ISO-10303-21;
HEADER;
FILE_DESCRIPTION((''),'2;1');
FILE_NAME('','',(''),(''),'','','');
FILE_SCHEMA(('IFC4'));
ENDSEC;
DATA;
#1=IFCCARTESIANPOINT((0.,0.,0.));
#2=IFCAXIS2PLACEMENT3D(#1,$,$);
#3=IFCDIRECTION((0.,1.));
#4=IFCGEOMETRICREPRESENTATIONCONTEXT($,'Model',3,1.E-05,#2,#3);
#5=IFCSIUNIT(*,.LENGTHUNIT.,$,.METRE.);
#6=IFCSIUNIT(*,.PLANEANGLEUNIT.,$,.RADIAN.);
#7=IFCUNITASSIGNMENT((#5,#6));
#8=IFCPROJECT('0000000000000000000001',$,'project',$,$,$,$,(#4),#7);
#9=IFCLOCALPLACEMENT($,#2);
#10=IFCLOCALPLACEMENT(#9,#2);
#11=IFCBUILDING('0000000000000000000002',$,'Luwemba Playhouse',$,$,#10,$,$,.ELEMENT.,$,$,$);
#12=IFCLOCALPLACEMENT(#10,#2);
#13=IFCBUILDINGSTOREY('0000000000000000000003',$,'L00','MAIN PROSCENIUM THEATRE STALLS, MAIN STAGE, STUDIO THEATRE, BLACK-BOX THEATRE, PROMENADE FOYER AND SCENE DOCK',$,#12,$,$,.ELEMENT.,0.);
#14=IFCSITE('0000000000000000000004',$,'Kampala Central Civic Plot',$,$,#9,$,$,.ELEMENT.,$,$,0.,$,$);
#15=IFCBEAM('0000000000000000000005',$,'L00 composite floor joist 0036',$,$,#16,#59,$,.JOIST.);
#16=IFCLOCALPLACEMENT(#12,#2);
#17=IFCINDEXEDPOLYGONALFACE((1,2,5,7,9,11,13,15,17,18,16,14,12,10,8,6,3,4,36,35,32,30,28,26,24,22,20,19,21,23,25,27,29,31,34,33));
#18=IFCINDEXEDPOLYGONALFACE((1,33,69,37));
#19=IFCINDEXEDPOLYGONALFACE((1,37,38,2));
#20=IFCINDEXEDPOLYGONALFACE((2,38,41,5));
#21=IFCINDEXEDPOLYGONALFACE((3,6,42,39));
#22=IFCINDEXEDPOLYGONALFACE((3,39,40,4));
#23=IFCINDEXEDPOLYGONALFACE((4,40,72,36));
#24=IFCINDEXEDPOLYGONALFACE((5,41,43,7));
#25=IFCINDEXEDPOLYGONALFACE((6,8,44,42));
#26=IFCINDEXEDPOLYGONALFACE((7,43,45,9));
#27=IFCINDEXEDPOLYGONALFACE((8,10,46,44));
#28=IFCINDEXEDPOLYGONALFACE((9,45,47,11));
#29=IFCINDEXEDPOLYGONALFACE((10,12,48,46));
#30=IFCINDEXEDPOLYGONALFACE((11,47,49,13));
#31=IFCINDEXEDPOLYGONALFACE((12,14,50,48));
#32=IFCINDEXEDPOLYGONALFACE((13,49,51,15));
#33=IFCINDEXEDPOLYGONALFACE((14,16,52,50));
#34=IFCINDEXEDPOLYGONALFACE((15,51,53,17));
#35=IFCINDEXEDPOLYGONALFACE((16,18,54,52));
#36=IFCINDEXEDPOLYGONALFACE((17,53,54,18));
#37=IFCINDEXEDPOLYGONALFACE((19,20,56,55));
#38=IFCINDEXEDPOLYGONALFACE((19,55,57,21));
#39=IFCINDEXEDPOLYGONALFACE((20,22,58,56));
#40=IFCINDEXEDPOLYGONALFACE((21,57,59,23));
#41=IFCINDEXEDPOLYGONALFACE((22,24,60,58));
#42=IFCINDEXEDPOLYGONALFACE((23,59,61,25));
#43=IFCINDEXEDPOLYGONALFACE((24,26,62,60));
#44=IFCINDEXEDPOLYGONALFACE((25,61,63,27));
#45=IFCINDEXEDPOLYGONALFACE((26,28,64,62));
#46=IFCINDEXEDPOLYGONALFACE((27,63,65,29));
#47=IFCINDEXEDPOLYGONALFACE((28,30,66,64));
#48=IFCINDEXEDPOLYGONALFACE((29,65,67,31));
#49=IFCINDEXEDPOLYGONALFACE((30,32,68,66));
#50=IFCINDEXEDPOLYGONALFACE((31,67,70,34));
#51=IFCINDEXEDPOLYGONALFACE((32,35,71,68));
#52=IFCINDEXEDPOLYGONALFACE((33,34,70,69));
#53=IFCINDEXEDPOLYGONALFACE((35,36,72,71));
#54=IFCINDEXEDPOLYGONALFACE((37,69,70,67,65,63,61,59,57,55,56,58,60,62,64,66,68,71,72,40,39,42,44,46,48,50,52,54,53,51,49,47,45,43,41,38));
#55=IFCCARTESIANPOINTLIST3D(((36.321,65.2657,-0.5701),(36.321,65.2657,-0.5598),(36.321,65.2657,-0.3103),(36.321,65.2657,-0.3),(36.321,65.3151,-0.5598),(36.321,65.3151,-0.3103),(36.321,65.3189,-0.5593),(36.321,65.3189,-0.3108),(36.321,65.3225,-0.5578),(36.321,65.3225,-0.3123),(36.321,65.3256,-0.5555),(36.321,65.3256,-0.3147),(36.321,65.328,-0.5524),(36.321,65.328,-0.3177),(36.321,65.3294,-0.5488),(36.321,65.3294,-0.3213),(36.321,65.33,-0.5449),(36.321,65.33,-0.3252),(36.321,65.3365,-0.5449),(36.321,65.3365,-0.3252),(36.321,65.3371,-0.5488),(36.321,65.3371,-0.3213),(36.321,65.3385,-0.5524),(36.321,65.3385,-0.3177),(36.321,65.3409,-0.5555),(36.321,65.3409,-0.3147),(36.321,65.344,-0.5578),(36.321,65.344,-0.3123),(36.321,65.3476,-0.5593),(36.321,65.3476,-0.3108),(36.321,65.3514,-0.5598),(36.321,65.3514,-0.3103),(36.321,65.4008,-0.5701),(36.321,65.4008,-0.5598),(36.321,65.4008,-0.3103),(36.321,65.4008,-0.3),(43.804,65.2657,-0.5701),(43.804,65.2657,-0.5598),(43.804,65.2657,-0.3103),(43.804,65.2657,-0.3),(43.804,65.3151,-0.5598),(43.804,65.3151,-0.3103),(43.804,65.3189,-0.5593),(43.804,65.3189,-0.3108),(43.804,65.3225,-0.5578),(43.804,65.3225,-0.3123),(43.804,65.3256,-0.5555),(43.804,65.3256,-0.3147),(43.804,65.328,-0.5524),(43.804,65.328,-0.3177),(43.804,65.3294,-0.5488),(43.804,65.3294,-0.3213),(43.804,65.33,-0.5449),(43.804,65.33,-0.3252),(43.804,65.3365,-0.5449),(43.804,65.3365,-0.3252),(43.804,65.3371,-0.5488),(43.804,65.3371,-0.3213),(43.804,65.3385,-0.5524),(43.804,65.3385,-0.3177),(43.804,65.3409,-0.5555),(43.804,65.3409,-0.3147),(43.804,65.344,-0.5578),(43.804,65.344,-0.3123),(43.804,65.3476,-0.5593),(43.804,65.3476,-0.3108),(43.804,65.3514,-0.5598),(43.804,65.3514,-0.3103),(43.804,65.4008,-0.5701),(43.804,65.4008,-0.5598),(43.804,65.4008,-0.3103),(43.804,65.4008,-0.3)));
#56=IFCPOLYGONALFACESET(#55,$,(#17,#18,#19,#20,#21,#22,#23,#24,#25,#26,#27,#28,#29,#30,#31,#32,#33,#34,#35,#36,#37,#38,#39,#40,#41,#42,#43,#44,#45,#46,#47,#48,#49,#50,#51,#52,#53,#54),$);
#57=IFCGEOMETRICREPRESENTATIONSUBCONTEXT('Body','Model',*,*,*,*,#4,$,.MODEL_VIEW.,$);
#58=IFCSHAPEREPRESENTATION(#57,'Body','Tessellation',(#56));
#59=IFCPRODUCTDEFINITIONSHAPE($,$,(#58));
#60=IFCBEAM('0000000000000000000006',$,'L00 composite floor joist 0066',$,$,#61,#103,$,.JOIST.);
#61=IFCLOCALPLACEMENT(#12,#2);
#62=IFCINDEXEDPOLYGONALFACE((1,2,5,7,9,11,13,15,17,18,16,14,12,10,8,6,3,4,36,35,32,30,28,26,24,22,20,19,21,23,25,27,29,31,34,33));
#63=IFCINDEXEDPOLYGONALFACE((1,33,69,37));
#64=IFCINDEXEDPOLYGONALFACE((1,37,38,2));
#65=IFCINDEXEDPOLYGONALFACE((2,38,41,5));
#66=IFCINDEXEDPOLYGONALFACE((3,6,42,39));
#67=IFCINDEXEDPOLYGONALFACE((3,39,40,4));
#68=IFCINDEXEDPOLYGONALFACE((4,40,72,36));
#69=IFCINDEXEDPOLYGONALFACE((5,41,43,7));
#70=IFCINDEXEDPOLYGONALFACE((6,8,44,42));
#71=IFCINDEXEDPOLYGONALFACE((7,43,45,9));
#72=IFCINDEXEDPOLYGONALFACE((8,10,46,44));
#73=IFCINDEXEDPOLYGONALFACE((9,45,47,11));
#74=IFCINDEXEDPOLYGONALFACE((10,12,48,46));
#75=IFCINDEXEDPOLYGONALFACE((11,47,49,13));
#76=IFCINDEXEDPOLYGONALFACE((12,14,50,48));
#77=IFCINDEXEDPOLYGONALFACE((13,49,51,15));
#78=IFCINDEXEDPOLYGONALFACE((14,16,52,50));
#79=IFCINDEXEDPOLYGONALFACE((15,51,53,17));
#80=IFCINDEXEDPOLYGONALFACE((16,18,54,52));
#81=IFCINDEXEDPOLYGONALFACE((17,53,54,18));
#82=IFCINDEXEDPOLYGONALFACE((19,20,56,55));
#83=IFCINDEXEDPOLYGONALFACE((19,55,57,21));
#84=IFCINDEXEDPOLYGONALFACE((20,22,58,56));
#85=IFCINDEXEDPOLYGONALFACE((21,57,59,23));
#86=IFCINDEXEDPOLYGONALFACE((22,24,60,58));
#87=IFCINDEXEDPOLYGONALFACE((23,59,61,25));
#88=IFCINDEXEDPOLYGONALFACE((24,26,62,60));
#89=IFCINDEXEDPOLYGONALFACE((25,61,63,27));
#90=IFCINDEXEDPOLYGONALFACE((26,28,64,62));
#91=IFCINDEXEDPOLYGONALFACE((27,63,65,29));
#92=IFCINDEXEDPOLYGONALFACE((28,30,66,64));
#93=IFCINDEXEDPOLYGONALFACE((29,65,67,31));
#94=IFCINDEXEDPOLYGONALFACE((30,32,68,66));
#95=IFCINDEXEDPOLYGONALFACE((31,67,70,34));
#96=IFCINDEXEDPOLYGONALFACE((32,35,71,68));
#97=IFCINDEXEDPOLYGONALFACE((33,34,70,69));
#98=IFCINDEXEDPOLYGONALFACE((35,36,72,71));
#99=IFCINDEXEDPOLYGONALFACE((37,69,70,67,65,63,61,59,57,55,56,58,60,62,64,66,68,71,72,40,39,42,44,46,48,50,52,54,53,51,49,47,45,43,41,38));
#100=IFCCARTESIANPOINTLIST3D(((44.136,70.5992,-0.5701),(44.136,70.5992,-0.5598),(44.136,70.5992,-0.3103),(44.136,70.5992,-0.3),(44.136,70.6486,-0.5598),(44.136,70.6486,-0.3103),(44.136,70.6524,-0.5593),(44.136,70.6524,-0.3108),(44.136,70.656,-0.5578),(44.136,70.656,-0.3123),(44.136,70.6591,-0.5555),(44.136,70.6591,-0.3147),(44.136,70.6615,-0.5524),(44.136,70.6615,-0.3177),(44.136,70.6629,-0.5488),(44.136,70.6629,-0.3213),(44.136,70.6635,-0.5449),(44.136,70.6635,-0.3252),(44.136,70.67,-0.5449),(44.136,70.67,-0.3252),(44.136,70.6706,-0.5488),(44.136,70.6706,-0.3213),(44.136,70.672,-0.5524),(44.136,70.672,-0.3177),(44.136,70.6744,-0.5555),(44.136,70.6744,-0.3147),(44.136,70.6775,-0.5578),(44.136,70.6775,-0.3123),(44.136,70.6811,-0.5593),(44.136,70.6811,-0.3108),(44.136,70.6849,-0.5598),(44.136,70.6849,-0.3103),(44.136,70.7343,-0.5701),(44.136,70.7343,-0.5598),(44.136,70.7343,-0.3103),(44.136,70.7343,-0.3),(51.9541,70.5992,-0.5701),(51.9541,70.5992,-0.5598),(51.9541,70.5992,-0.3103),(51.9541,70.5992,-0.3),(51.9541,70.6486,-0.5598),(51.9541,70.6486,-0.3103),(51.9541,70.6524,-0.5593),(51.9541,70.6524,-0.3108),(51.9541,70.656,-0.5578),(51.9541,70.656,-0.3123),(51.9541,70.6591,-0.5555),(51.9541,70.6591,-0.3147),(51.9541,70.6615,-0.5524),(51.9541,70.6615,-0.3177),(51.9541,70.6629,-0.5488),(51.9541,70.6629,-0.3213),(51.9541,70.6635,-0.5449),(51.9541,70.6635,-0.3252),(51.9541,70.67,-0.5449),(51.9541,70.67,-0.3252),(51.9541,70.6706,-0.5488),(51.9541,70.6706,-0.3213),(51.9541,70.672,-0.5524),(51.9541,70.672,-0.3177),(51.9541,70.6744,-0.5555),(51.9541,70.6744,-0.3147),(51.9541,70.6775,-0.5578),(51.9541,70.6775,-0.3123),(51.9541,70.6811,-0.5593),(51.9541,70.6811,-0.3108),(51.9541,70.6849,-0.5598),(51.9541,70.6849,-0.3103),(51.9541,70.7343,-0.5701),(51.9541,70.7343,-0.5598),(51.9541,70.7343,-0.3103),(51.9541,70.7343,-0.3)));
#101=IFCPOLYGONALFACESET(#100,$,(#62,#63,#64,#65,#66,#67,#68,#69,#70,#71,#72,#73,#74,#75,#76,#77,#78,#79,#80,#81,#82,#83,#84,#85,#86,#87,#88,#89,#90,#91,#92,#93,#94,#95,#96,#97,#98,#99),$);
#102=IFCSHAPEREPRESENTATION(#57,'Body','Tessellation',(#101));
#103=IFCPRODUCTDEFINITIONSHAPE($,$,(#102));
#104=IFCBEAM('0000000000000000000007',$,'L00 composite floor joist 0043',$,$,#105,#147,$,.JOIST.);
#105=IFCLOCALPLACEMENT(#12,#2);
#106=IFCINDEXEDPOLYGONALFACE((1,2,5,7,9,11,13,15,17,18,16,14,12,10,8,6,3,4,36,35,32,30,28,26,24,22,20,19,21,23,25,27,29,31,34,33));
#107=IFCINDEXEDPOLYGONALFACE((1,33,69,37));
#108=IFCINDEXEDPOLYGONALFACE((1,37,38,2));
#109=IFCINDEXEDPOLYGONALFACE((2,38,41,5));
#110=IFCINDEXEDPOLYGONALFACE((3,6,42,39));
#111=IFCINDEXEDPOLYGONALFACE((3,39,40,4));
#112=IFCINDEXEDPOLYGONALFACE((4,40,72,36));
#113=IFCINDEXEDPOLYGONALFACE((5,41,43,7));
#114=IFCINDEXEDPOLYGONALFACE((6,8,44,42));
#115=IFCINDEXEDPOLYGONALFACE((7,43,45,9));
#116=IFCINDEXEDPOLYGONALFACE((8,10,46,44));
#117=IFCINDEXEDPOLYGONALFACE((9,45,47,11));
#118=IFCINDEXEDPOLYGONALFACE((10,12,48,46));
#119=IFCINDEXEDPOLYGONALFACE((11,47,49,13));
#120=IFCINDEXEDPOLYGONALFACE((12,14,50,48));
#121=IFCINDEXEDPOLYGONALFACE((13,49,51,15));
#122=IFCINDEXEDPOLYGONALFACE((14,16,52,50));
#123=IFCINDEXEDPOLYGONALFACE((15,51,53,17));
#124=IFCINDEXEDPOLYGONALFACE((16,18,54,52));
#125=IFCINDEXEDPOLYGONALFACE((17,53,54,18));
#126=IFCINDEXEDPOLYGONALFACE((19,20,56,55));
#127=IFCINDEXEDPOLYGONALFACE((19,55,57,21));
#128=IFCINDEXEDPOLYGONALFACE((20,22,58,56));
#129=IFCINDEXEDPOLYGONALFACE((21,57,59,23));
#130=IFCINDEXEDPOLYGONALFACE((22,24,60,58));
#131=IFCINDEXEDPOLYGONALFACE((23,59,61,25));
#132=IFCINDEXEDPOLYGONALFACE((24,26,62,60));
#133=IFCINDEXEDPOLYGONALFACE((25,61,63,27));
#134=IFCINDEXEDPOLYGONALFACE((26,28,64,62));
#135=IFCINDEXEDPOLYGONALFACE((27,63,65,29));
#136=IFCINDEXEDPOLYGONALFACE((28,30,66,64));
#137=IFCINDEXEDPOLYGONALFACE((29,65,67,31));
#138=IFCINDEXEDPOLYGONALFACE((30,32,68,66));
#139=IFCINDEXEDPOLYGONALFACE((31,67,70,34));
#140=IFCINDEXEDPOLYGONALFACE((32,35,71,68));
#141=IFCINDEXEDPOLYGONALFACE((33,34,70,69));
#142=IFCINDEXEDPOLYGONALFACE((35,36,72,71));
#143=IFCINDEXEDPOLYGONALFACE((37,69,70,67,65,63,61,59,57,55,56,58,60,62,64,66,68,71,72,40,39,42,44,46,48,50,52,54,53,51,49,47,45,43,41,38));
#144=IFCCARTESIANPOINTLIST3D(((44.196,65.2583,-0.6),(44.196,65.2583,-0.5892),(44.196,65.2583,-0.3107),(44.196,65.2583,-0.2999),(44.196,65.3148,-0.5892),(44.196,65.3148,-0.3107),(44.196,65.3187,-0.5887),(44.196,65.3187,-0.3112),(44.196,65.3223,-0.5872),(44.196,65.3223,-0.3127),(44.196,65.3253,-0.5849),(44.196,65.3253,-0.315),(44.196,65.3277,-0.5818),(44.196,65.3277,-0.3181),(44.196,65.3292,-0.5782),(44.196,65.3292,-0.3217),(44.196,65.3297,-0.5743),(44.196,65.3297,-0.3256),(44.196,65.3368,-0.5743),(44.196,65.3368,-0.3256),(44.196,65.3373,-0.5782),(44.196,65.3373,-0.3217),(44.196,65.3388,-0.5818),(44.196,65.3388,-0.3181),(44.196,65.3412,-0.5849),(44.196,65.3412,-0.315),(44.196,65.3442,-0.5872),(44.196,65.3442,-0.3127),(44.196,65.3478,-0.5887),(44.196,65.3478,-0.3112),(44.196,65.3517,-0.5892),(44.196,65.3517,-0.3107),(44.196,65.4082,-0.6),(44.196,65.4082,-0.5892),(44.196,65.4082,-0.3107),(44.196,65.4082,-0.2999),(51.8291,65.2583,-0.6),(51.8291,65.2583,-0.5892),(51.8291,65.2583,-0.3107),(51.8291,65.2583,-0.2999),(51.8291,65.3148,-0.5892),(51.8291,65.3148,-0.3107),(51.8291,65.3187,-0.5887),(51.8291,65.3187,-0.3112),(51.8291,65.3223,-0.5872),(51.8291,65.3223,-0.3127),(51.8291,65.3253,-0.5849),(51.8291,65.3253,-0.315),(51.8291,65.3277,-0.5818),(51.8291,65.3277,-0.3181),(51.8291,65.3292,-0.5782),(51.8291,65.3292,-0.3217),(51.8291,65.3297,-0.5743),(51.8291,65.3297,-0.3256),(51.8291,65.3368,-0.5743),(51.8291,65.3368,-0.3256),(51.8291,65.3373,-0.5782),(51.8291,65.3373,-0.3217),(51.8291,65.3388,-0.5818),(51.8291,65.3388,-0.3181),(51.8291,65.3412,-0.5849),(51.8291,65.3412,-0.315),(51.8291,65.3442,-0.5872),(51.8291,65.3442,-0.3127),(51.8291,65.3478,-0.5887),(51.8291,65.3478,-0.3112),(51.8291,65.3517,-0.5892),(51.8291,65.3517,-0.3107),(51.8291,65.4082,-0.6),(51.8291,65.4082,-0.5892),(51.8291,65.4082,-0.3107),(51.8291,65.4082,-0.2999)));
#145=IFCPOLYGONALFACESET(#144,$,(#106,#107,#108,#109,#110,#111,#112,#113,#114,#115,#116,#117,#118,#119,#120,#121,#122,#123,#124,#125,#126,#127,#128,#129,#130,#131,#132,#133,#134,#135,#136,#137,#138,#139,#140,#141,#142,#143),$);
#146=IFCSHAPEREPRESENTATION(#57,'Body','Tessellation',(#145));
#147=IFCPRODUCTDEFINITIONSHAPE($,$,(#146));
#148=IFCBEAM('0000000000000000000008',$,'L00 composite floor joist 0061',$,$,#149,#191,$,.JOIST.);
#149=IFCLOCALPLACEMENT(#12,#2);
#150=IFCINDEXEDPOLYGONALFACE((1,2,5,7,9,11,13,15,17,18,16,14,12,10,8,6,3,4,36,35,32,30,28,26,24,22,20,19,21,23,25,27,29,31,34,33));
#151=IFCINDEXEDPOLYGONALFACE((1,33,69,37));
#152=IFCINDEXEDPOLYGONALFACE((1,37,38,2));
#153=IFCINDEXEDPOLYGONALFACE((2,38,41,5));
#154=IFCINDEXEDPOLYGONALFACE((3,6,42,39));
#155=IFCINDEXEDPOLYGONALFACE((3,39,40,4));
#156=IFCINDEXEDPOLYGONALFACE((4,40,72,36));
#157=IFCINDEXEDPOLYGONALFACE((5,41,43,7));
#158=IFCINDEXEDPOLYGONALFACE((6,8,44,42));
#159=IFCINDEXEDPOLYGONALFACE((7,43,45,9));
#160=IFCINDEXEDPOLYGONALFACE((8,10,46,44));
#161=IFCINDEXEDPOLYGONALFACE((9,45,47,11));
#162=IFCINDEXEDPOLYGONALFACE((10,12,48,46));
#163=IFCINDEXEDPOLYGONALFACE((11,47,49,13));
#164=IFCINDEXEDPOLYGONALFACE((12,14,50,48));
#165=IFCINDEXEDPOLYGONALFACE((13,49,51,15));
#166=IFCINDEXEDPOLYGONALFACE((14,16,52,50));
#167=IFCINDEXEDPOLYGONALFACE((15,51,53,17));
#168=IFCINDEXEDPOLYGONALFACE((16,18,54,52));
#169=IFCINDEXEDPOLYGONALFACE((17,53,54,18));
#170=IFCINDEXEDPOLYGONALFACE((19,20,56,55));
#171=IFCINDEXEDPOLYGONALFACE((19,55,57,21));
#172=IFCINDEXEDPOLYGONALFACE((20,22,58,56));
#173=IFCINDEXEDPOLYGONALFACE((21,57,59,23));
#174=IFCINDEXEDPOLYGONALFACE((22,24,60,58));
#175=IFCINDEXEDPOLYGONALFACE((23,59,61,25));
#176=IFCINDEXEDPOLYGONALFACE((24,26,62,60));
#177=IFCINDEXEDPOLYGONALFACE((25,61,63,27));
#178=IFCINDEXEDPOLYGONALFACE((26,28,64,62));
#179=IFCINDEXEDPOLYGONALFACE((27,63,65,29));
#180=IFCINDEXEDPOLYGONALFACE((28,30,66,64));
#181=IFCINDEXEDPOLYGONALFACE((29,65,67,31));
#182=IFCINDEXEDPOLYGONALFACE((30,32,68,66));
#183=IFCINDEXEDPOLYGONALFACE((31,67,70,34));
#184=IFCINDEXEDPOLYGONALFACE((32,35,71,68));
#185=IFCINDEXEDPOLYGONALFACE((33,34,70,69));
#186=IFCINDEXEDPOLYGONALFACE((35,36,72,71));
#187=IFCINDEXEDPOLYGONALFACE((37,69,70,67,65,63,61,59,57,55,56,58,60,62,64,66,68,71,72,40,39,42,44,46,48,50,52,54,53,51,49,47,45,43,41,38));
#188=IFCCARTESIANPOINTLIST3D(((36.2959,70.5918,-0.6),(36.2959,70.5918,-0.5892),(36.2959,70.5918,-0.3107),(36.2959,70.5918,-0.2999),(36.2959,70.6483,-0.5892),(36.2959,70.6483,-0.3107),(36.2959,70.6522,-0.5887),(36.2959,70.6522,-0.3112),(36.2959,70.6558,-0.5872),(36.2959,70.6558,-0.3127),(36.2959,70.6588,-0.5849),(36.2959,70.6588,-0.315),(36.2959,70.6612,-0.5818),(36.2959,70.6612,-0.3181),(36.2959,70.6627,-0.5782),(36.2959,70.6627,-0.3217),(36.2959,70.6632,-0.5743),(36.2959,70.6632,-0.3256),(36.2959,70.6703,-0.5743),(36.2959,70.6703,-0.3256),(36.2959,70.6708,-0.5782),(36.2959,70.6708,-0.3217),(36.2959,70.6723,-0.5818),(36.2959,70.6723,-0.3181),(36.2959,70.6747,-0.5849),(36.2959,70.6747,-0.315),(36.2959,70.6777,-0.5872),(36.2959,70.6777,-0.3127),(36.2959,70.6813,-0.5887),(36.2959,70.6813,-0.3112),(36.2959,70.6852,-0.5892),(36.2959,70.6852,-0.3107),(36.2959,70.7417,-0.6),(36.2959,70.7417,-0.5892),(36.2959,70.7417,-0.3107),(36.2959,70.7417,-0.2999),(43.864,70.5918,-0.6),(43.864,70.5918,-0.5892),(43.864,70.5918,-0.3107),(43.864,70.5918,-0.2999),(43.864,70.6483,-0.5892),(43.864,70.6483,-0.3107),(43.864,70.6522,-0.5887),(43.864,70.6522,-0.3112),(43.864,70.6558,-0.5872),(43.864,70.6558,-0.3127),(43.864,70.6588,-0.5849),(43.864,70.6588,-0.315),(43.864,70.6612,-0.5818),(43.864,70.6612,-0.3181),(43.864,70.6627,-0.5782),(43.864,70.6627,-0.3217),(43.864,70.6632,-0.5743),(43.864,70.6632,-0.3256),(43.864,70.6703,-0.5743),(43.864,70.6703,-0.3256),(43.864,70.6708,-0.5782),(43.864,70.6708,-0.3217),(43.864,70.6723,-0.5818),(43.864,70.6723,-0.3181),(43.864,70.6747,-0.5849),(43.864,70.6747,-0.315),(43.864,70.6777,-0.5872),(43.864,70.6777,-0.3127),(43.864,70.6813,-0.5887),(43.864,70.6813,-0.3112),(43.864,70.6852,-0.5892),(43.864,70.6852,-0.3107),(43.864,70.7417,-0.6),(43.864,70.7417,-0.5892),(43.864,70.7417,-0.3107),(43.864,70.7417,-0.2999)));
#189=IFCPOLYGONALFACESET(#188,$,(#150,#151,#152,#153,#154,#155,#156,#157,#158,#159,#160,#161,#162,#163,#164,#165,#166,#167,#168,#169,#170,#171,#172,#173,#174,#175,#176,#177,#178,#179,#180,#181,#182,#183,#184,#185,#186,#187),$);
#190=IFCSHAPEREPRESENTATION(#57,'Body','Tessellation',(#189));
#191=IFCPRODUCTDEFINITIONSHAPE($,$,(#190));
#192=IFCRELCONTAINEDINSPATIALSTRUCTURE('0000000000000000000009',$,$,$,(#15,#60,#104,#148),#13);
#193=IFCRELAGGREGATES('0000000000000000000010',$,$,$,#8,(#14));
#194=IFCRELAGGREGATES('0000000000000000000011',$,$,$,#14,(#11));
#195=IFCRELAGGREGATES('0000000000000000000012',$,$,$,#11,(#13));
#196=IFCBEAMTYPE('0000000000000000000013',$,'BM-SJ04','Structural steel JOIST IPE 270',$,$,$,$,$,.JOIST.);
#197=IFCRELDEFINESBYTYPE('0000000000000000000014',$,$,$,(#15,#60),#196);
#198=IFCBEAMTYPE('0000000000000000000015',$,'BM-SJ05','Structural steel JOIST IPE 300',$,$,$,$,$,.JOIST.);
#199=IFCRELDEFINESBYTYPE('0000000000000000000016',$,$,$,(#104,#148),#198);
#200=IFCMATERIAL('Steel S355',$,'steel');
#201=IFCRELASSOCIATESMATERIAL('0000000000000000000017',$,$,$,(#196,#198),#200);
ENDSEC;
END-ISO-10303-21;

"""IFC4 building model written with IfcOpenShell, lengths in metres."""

from ifc_helpers import new_model, si_unit, direction, frame, origin, origin_2d, place, context, subcontext, project, spatial, i_section, extrude, material, material_profile, profile_set, type_object, element, save


model = new_model("IFC4")

# Units and contexts
model_context = context("Model", 3, precision=1e-05, world=origin(), true_north=direction((0.0, 1.0)))
body_context = subcontext(model_context, "Body", "Model", "MODEL_VIEW")
ifc_project = project(units=[si_unit("LENGTHUNIT", "METRE"), si_unit("PLANEANGLEUNIT", "RADIAN")], contexts=[model_context])

# Site, building, storey
site_placement = place(None, origin())
site = spatial("IfcSite", under=ifc_project, at=site_placement, Name="Kampala Central Civic Plot", CompositionType="ELEMENT", RefElevation=0.0)
building_placement = place(site_placement, origin())
building = spatial("IfcBuilding", under=site, at=building_placement, Name="Luwemba Playhouse", CompositionType="ELEMENT")
storey_placement = place(building_placement, origin())
storey = spatial("IfcBuildingStorey", under=building, at=storey_placement, Name="L00", Description="MAIN PROSCENIUM THEATRE STALLS, MAIN STAGE, STUDIO THEATRE, BLACK-BOX THEATRE, PROMENADE FOYER AND SCENE DOCK", CompositionType="ELEMENT", Elevation=0.0)

# Beams
ifc_material_1 = material(Name="Steel S355", Category="steel")
ifc_material_profile_1 = material_profile(ifc_material_1, i_section(OverallWidth=0.135, OverallDepth=0.27, WebThickness=0.0066, FlangeThickness=0.0103, FilletRadius=0.0149, at=origin_2d()))
ifc_profile_set_1 = profile_set([ifc_material_profile_1], Name="Steel S355")
beam_type_1 = type_object("IfcBeamType", Name="BM-SJ04", Description="Structural steel JOIST IPE 270", PredefinedType="JOIST", material=ifc_profile_set_1)
beam_1_placement = place(storey_placement, frame((36.321, 65.3333, -0.4351), z_axis=(1.0, 0.0, 0.0), x_axis=(0.0, 1.0, 0.0)))
element("IfcBeam", 1, at=beam_1_placement, inside=storey, type_object=beam_type_1, Name="L00 composite floor joist 0036", PredefinedType="JOIST", context=body_context, shape_type="SweptSolid", body=[
    extrude(i_section(OverallWidth=0.135, OverallDepth=0.27, WebThickness=0.0066, FlangeThickness=0.0103, FilletRadius=0.0149, at=origin_2d()), origin(), (0.0, 0.0, 1.0), 7.4829),
])
beam_2_placement = place(storey_placement, frame((44.136, 70.6667, -0.4351), z_axis=(1.0, 0.0, 0.0), x_axis=(0.0, 1.0, 0.0)))
element("IfcBeam", 2, at=beam_2_placement, inside=storey, type_object=beam_type_1, Name="L00 composite floor joist 0066", PredefinedType="JOIST", context=body_context, shape_type="SweptSolid", body=[
    extrude(i_section(OverallWidth=0.135, OverallDepth=0.27, WebThickness=0.0066, FlangeThickness=0.0103, FilletRadius=0.0149, at=origin_2d()), origin(), (0.0, 0.0, 1.0), 7.8181),
])
ifc_material_profile_2 = material_profile(ifc_material_1, i_section(OverallWidth=0.1499, OverallDepth=0.3, WebThickness=0.0071, FlangeThickness=0.0107, FilletRadius=0.0149, at=origin_2d()))
ifc_profile_set_2 = profile_set([ifc_material_profile_2], Name="Steel S355")
beam_type_2 = type_object("IfcBeamType", Name="BM-SJ05", Description="Structural steel JOIST IPE 300", PredefinedType="JOIST", material=ifc_profile_set_2)
beam_3_placement = place(storey_placement, frame((44.196, 65.3333, -0.45), z_axis=(1.0, 0.0, 0.0), x_axis=(0.0, 1.0, 0.0)))
element("IfcBeam", 3, at=beam_3_placement, inside=storey, type_object=beam_type_2, Name="L00 composite floor joist 0043", PredefinedType="JOIST", context=body_context, shape_type="SweptSolid", body=[
    extrude(i_section(OverallWidth=0.1499, OverallDepth=0.3, WebThickness=0.0071, FlangeThickness=0.0107, FilletRadius=0.0149, at=origin_2d()), origin(), (0.0, 0.0, 1.0), 7.6331),
])
beam_4_placement = place(storey_placement, frame((36.2959, 70.6667, -0.45), z_axis=(1.0, 0.0, 0.0), x_axis=(0.0, 1.0, 0.0)))
element("IfcBeam", 4, at=beam_4_placement, inside=storey, type_object=beam_type_2, Name="L00 composite floor joist 0061", PredefinedType="JOIST", context=body_context, shape_type="SweptSolid", body=[
    extrude(i_section(OverallWidth=0.1499, OverallDepth=0.3, WebThickness=0.0071, FlangeThickness=0.0107, FilletRadius=0.0149, at=origin_2d()), origin(), (0.0, 0.0, 1.0), 7.5681),
])

save(model, "model.ifc")
